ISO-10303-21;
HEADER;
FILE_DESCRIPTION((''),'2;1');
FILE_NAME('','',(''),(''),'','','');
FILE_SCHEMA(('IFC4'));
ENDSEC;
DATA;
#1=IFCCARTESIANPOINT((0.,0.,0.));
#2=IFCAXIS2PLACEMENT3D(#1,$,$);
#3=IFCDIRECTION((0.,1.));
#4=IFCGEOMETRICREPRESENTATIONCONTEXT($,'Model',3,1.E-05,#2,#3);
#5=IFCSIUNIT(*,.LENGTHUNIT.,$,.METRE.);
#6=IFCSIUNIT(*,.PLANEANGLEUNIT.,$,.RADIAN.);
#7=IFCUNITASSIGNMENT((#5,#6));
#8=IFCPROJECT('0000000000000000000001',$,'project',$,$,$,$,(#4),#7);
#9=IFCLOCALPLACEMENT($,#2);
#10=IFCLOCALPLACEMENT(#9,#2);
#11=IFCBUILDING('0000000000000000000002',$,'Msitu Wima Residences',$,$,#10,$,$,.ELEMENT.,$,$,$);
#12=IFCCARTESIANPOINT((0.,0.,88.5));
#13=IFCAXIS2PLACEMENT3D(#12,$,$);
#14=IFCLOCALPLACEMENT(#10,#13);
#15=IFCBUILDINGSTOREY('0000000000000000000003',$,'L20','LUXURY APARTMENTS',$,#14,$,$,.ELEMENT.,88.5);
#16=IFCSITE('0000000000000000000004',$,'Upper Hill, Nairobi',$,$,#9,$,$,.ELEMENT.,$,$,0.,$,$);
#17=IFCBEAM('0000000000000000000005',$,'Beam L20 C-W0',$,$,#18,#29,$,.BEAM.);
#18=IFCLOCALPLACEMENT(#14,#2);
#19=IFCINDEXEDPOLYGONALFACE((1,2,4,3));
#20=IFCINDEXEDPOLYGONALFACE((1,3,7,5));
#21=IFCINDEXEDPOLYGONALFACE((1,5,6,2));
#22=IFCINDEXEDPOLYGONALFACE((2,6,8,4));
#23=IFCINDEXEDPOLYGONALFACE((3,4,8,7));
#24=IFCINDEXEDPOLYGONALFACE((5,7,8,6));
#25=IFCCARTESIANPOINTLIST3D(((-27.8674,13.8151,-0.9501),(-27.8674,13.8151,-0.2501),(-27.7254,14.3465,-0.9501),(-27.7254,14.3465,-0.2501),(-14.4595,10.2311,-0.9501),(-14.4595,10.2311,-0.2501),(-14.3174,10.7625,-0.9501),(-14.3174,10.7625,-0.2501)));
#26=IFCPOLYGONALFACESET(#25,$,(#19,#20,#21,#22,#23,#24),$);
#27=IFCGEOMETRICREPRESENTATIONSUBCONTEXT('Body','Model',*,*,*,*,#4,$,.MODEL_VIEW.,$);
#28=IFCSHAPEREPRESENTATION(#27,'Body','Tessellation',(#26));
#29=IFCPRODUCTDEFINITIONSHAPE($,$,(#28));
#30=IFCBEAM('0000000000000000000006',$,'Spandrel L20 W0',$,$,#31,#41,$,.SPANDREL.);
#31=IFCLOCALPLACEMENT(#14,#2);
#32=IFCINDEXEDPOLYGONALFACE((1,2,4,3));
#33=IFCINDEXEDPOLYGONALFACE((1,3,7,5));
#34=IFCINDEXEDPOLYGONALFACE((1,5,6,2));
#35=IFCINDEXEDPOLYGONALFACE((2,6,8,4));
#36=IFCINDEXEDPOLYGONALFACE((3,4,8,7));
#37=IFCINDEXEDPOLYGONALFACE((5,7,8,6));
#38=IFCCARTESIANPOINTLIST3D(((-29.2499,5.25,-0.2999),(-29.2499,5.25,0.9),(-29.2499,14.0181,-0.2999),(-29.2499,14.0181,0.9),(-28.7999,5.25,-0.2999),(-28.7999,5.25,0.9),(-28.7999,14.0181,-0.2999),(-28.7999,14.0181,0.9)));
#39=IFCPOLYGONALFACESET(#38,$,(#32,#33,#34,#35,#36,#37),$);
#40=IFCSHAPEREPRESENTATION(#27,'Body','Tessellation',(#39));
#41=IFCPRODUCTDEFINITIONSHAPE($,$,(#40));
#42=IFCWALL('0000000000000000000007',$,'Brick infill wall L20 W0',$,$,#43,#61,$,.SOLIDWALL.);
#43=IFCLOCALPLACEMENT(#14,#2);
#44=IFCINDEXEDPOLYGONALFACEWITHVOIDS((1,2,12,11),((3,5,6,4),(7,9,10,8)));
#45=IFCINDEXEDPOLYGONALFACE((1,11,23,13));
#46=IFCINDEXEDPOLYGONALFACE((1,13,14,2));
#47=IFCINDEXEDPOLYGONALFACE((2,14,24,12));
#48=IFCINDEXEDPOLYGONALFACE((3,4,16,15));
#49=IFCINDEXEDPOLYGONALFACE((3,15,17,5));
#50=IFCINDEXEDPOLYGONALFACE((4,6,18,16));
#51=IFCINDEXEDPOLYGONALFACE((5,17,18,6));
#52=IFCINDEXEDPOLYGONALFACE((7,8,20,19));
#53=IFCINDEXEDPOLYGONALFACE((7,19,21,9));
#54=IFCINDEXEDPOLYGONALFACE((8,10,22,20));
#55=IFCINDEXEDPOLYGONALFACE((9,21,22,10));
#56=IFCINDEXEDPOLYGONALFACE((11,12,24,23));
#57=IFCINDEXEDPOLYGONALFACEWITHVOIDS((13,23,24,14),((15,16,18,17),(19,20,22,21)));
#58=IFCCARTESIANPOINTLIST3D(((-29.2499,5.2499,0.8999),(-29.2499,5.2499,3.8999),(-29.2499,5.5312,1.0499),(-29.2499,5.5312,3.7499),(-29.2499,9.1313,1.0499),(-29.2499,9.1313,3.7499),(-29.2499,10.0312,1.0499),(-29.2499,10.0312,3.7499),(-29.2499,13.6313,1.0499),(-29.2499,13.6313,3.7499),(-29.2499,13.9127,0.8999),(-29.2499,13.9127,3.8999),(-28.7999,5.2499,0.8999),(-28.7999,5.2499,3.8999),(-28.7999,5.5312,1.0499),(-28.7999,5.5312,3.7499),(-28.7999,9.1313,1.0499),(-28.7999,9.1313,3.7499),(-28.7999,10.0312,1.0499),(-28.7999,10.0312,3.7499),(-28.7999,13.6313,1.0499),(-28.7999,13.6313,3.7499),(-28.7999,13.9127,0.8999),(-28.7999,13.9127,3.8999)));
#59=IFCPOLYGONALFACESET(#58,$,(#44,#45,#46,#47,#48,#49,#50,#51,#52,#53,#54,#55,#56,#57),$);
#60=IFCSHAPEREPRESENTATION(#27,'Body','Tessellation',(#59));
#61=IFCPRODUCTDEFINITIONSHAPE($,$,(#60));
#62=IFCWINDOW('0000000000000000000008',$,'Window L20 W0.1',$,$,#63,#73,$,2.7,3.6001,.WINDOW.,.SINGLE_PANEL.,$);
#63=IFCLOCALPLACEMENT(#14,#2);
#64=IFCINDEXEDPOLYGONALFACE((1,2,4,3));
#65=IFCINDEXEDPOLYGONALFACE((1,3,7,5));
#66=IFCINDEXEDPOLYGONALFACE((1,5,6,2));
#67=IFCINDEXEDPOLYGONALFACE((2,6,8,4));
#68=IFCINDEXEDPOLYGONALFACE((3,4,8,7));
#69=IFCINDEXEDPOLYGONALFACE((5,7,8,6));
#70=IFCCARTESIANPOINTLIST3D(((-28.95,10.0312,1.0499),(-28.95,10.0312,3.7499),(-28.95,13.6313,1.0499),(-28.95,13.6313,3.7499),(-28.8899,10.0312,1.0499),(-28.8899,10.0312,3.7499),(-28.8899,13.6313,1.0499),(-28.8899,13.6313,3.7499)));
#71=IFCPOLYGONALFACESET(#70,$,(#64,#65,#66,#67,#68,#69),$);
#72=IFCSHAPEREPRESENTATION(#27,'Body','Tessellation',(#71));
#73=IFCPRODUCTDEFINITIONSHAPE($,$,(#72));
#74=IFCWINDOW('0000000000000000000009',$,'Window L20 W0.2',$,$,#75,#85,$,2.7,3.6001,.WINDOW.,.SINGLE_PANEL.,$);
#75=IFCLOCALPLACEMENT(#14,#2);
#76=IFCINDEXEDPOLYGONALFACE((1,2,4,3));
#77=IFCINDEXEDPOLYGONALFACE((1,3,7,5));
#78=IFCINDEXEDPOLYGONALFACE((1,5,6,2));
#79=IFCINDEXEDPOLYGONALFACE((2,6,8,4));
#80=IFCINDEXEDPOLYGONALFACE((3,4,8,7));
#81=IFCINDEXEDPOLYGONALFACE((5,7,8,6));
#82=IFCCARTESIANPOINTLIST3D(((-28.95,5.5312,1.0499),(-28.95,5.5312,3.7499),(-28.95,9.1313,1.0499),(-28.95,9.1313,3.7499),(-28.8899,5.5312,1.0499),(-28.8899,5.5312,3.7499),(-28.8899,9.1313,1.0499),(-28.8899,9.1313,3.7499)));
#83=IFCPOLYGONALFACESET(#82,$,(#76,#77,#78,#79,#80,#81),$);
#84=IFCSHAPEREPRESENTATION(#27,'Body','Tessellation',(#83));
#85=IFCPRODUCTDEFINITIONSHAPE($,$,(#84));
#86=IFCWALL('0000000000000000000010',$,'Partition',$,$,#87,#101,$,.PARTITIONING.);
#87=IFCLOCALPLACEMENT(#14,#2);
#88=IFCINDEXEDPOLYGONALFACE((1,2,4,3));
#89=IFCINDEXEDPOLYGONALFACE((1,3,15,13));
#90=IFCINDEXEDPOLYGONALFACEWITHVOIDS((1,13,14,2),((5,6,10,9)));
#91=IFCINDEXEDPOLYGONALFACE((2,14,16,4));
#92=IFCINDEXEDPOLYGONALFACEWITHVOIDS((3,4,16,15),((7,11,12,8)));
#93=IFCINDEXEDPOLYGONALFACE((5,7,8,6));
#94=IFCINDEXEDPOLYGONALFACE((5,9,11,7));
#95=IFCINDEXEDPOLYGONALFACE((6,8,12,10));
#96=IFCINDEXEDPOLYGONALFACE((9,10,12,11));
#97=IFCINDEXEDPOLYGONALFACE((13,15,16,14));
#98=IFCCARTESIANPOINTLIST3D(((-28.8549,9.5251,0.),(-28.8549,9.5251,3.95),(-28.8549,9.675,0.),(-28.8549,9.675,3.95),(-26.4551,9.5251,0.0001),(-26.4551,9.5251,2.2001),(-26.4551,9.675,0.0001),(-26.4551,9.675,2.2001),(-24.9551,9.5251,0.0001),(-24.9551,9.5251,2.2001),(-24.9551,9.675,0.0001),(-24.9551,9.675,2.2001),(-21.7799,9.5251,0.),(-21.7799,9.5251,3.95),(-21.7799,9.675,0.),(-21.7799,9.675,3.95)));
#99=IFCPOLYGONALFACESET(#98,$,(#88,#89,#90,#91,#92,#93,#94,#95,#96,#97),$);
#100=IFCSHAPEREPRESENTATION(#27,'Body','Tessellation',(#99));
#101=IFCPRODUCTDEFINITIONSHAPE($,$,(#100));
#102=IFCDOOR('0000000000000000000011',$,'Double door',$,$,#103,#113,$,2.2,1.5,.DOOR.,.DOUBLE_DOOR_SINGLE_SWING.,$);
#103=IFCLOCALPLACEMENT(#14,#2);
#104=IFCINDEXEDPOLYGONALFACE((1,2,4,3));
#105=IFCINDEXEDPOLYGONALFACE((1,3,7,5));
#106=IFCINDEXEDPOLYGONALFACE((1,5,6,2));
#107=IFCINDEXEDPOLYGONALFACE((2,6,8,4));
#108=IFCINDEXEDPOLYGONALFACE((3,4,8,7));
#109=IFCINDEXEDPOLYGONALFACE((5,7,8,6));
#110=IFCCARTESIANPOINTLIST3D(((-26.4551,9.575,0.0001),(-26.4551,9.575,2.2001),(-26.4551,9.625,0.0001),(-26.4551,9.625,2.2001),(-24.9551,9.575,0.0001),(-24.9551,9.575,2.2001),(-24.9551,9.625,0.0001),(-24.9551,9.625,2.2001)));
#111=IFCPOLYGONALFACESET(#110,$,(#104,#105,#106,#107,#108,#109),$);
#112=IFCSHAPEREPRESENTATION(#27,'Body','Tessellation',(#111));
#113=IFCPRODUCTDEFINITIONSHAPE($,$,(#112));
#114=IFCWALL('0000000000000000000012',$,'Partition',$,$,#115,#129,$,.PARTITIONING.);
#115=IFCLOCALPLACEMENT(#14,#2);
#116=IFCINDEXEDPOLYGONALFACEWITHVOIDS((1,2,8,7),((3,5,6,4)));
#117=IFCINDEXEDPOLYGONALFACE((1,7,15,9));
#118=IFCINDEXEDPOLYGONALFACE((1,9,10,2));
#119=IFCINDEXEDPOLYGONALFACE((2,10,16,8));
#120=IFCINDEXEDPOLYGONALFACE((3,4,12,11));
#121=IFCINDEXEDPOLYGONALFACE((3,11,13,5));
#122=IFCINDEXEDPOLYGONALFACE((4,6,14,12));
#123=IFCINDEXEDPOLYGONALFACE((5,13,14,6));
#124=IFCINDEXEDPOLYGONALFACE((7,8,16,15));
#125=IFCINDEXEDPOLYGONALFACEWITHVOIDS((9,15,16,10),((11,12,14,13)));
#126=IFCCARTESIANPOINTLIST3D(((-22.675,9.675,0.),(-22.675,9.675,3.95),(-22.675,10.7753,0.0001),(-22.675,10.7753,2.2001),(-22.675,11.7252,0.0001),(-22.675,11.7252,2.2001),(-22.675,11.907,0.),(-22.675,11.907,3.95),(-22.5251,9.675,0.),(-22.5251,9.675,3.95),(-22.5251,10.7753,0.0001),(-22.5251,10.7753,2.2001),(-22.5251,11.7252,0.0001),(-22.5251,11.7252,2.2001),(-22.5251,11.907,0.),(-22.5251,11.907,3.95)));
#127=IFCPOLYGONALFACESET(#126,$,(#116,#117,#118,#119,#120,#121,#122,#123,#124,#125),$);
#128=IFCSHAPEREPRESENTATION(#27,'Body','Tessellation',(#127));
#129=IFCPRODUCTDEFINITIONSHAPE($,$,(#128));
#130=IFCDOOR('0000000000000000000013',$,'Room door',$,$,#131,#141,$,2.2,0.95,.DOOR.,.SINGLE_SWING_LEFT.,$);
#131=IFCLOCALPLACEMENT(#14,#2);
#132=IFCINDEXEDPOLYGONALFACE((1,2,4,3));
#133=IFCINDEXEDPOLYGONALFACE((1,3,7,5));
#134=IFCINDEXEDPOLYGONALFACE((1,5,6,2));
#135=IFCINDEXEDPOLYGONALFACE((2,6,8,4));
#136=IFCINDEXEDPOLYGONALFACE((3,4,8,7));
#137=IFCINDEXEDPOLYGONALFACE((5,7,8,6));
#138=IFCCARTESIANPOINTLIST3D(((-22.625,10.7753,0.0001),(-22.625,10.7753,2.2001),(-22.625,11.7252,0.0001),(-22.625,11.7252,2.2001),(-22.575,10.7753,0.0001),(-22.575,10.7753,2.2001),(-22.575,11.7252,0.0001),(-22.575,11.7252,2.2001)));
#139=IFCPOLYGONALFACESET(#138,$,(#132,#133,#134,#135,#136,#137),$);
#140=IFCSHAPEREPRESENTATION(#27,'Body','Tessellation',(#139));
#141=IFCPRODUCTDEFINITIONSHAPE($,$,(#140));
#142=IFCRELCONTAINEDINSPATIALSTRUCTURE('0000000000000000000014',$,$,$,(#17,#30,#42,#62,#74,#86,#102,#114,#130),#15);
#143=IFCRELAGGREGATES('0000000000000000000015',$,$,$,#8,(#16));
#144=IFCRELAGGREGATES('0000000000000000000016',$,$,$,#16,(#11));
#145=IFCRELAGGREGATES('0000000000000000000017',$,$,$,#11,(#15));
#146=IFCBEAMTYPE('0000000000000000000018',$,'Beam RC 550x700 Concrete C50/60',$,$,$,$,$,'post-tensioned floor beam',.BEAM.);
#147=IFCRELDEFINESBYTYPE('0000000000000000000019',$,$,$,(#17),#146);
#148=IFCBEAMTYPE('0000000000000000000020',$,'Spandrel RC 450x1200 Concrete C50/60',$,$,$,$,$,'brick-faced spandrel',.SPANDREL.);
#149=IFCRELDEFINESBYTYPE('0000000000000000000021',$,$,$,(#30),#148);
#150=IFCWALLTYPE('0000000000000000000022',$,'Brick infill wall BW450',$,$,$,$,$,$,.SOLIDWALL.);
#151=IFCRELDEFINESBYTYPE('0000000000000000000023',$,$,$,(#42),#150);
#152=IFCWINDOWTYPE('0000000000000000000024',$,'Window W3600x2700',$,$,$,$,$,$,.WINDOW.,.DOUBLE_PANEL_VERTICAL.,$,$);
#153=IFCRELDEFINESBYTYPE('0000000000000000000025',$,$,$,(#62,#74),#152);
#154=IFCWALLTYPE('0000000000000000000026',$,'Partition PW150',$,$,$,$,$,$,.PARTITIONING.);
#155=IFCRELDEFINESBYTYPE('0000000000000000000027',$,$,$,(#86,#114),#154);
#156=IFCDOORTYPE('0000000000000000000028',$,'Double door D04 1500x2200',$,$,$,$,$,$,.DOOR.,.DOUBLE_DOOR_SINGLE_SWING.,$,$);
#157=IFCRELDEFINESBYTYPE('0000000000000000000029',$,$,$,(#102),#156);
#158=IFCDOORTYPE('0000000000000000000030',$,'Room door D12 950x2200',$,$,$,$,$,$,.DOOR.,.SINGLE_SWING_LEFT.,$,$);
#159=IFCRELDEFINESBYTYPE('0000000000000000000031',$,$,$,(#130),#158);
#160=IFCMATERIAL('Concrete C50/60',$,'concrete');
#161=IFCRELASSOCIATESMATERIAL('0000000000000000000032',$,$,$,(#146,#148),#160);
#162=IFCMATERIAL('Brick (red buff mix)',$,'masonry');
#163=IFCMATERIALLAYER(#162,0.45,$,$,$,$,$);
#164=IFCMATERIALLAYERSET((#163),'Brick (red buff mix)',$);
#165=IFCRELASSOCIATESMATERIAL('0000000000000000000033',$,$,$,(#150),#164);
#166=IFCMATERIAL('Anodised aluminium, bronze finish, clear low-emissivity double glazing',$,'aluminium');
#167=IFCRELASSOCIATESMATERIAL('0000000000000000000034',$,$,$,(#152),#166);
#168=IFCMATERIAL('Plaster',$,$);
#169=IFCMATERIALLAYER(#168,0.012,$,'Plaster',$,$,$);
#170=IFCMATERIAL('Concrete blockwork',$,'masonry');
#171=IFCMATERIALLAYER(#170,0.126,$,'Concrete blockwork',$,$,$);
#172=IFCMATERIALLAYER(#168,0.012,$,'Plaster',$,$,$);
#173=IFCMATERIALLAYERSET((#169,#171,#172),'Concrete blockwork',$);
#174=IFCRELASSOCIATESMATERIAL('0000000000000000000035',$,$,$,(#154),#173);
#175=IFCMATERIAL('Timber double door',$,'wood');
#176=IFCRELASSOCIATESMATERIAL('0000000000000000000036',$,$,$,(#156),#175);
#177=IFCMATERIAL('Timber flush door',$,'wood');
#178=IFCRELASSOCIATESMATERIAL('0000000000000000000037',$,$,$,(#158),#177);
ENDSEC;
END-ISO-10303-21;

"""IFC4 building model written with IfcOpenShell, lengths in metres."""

from ifc_helpers import new_model, si_unit, direction, frame, frame_2d, origin, origin_2d, place, context, subcontext, project, spatial, rectangle, extrude, material, layer, layer_set, material_profile, profile_set, type_object, element, fill, save


model = new_model("IFC4")

# Units and contexts
model_context = context("Model", 3, precision=1e-05, world=origin(), true_north=direction((0.0, 1.0)))
body_context = subcontext(model_context, "Body", "Model", "MODEL_VIEW")
ifc_project = project(units=[si_unit("LENGTHUNIT", "METRE"), si_unit("PLANEANGLEUNIT", "RADIAN")], contexts=[model_context])

# Site, building, storey
site_placement = place(None, origin())
site = spatial("IfcSite", under=ifc_project, at=site_placement, Name="Upper Hill, Nairobi", CompositionType="ELEMENT", RefElevation=0.0)
building_placement = place(site_placement, origin())
building = spatial("IfcBuilding", under=site, at=building_placement, Name="Msitu Wima Residences", CompositionType="ELEMENT")
storey_placement = place(building_placement, frame((0.0, 0.0, 88.5)))
storey = spatial("IfcBuildingStorey", under=building, at=storey_placement, Name="L20", Description="LUXURY APARTMENTS", CompositionType="ELEMENT", Elevation=88.5)

# Beams
ifc_material_1 = material(Name="Concrete C50/60", Category="concrete")
ifc_material_profile_1 = material_profile(ifc_material_1, rectangle(XDim=0.55, YDim=0.7, at=origin_2d()), Name="RC 550x700")
ifc_profile_set_1 = profile_set([ifc_material_profile_1], Name="Concrete C50/60")
beam_type_1 = type_object("IfcBeamType", Name="Beam RC 550x700 Concrete C50/60", ElementType="post-tensioned floor beam", PredefinedType="BEAM", material=ifc_profile_set_1)
beam_1_placement = place(storey_placement, frame((-27.7964, 14.0808, -0.6001), z_axis=(0.966082, -0.258236, 0.0), x_axis=(0.258236, 0.966082, 0.0)))
element("IfcBeam", 1, at=beam_1_placement, inside=storey, type_object=beam_type_1, Name="Beam L20 C-W0", PredefinedType="BEAM", context=body_context, shape_type="SweptSolid", body=[
    extrude(rectangle(XDim=0.55, YDim=0.7, at=origin_2d()), origin(), (0.0, 0.0, 1.0), 13.8787),
])
ifc_material_profile_2 = material_profile(ifc_material_1, rectangle(XDim=0.45, YDim=1.2, at=origin_2d()), Name="RC 450x1200")
ifc_profile_set_2 = profile_set([ifc_material_profile_2], Name="Concrete C50/60")
beam_type_2 = type_object("IfcBeamType", Name="Spandrel RC 450x1200 Concrete C50/60", ElementType="brick-faced spandrel", PredefinedType="SPANDREL", material=ifc_profile_set_2)
beam_2_placement = place(storey_placement, frame((-29.0249, 14.0181, 0.3), z_axis=(0.0, -1.0, 0.0), x_axis=(1.0, 0.0, 0.0)))
element("IfcBeam", 2, at=beam_2_placement, inside=storey, type_object=beam_type_2, Name="Spandrel L20 W0", PredefinedType="SPANDREL", context=body_context, shape_type="SweptSolid", body=[
    extrude(rectangle(XDim=0.45, YDim=1.2, at=origin_2d()), origin(), (0.0, 0.0, 1.0), 8.7681),
])

# Wall, openings, windows
ifc_material_2 = material(Name="Brick (red buff mix)", Category="masonry")
ifc_layer_1 = layer(ifc_material_2, 0.45)
ifc_layer_set_1 = layer_set([ifc_layer_1], Name="Brick (red buff mix)")
wall_type_1 = type_object("IfcWallType", Name="Brick infill wall BW450", PredefinedType="SOLIDWALL", material=ifc_layer_set_1)
wall_1_placement = place(storey_placement, frame((-29.0249, 13.9128, 0.8999), z_axis=(0.0, 0.0, 1.0), x_axis=(0.0, -1.0, 0.0)))
wall_1 = element("IfcWall", 3, at=wall_1_placement, inside=storey, type_object=wall_type_1, Name="Brick infill wall L20 W0", PredefinedType="SOLIDWALL", context=body_context, shape_type="SweptSolid", body=[
    extrude(rectangle(XDim=8.6628, YDim=0.45, at=frame_2d((4.3315, 0.0))), origin(), (0.0, 0.0, 1.0), 3.0),
])
opening_1_placement = place(wall_1_placement, frame((0.2815, 0.0, 0.1499)))
opening_1 = element("IfcOpeningElement", 4, at=opening_1_placement, cuts=wall_1, PredefinedType="OPENING", context=body_context, shape_type="SweptSolid", body=[
    extrude(rectangle(XDim=3.6001, YDim=2.7, at=frame_2d((1.8, 1.3501))), frame((0.0, 0.2349, 0.0), z_axis=(0.0, -1.0, 0.0), x_axis=(1.0, 0.0, 0.0)), (0.0, 0.0, 1.0), 0.47),
])
opening_2_placement = place(wall_1_placement, frame((4.7815, 0.0, 0.1499)))
opening_2 = element("IfcOpeningElement", 5, at=opening_2_placement, cuts=wall_1, PredefinedType="OPENING", context=body_context, shape_type="SweptSolid", body=[
    extrude(rectangle(XDim=3.6001, YDim=2.7, at=frame_2d((1.8, 1.3501))), frame((0.0, 0.2349, 0.0), z_axis=(0.0, -1.0, 0.0), x_axis=(1.0, 0.0, 0.0)), (0.0, 0.0, 1.0), 0.47),
])
ifc_material_3 = material(Name="Anodised aluminium, bronze finish, clear low-emissivity double glazing", Category="aluminium")
window_type = type_object("IfcWindowType", Name="Window W3600x2700", PartitioningType="DOUBLE_PANEL_VERTICAL", PredefinedType="WINDOW", material=ifc_material_3)
window_1_placement = place(opening_1_placement, origin())
window_1 = element("IfcWindow", 6, at=window_1_placement, inside=storey, type_object=window_type, Name="Window L20 W0.1", OverallHeight=2.7, OverallWidth=3.6001, PartitioningType="SINGLE_PANEL", PredefinedType="WINDOW", context=body_context, shape_type="SweptSolid", body=[
    extrude(rectangle(XDim=3.6001, YDim=2.7, at=frame_2d((1.8, 1.3501))), frame((0.0, 0.135, 0.0), z_axis=(0.0, -1.0, 0.0), x_axis=(1.0, 0.0, 0.0)), (0.0, 0.0, 1.0), 0.0601),
])
fill(opening_1, window_1)
window_2_placement = place(opening_2_placement, origin())
window_2 = element("IfcWindow", 7, at=window_2_placement, inside=storey, type_object=window_type, Name="Window L20 W0.2", OverallHeight=2.7, OverallWidth=3.6001, PartitioningType="SINGLE_PANEL", PredefinedType="WINDOW", context=body_context, shape_type="SweptSolid", body=[
    extrude(rectangle(XDim=3.6001, YDim=2.7, at=frame_2d((1.8, 1.3501))), frame((0.0, 0.135, 0.0), z_axis=(0.0, -1.0, 0.0), x_axis=(1.0, 0.0, 0.0)), (0.0, 0.0, 1.0), 0.0601),
])
fill(opening_2, window_2)

# Walls, openings, doors
ifc_material_4 = material(Name="Plaster")
ifc_layer_2 = layer(ifc_material_4, 0.012, Name="Plaster")
ifc_material_5 = material(Name="Concrete blockwork", Category="masonry")
ifc_layer_3 = layer(ifc_material_5, 0.126, Name="Concrete blockwork")
ifc_layer_4 = layer(ifc_material_4, 0.012, Name="Plaster")
ifc_layer_set_2 = layer_set([ifc_layer_2, ifc_layer_3, ifc_layer_4], Name="Concrete blockwork")
wall_type_2 = type_object("IfcWallType", Name="Partition PW150", PredefinedType="PARTITIONING", material=ifc_layer_set_2)
wall_2_placement = place(storey_placement, frame((-28.855, 9.6001, 0.0), z_axis=(0.0, 0.0, 1.0), x_axis=(1.0, 0.0, 0.0)))
wall_2 = element("IfcWall", 8, at=wall_2_placement, inside=storey, type_object=wall_type_2, Name="Partition", PredefinedType="PARTITIONING", context=body_context, shape_type="SweptSolid", body=[
    extrude(rectangle(XDim=7.075, YDim=0.1499, at=frame_2d((3.5376, 0.0))), origin(), (0.0, 0.0, 1.0), 3.95),
])
opening_3_placement = place(wall_2_placement, frame((2.3999, 0.0, 0.0)))
opening_3 = element("IfcOpeningElement", 9, at=opening_3_placement, cuts=wall_2, PredefinedType="OPENING", context=body_context, shape_type="SweptSolid", body=[
    extrude(rectangle(XDim=1.5, YDim=2.2, at=frame_2d((0.75, 1.1001))), frame((0.0, 0.085, 0.0), z_axis=(0.0, -1.0, 0.0), x_axis=(1.0, 0.0, 0.0)), (0.0, 0.0, 1.0), 0.1699),
])
ifc_material_6 = material(Name="Timber double door", Category="wood")
door_type_1 = type_object("IfcDoorType", Name="Double door D04 1500x2200", OperationType="DOUBLE_DOOR_SINGLE_SWING", PredefinedType="DOOR", material=ifc_material_6)
door_1_placement = place(opening_3_placement, origin())
door_1 = element("IfcDoor", 10, at=door_1_placement, inside=storey, type_object=door_type_1, Name="Double door", OperationType="DOUBLE_DOOR_SINGLE_SWING", OverallHeight=2.2, OverallWidth=1.5, PredefinedType="DOOR", context=body_context, shape_type="SweptSolid", body=[
    extrude(rectangle(XDim=1.5, YDim=2.2, at=frame_2d((0.75, 1.1001))), frame((0.0, 0.0249, 0.0), z_axis=(0.0, -1.0, 0.0), x_axis=(1.0, 0.0, 0.0)), (0.0, 0.0, 1.0), 0.05),
])
fill(opening_3, door_1)
wall_3_placement = place(storey_placement, frame((-22.6001, 9.675, 0.0), z_axis=(0.0, 0.0, 1.0), x_axis=(0.0, 1.0, 0.0)))
wall_3 = element("IfcWall", 11, at=wall_3_placement, inside=storey, type_object=wall_type_2, Name="Partition", PredefinedType="PARTITIONING", context=body_context, shape_type="SweptSolid", body=[
    extrude(rectangle(XDim=2.2319, YDim=0.1499, at=frame_2d((1.116, 0.0))), origin(), (0.0, 0.0, 1.0), 3.95),
])
opening_4_placement = place(wall_3_placement, frame((1.1001, 0.0, 0.0)))
opening_4 = element("IfcOpeningElement", 12, at=opening_4_placement, cuts=wall_3, PredefinedType="OPENING", context=body_context, shape_type="SweptSolid", body=[
    extrude(rectangle(XDim=0.95, YDim=2.2, at=frame_2d((0.4751, 1.1001))), frame((0.0, 0.085, 0.0), z_axis=(0.0, -1.0, 0.0), x_axis=(1.0, 0.0, 0.0)), (0.0, 0.0, 1.0), 0.1699),
])
ifc_material_7 = material(Name="Timber flush door", Category="wood")
door_type_2 = type_object("IfcDoorType", Name="Room door D12 950x2200", OperationType="SINGLE_SWING_LEFT", PredefinedType="DOOR", material=ifc_material_7)
door_2_placement = place(opening_4_placement, origin())
door_2 = element("IfcDoor", 13, at=door_2_placement, inside=storey, type_object=door_type_2, Name="Room door", OperationType="SINGLE_SWING_LEFT", OverallHeight=2.2, OverallWidth=0.95, PredefinedType="DOOR", context=body_context, shape_type="SweptSolid", body=[
    extrude(rectangle(XDim=0.95, YDim=2.2, at=frame_2d((0.4751, 1.1001))), frame((0.0, 0.0249, 0.0), z_axis=(0.0, -1.0, 0.0), x_axis=(1.0, 0.0, 0.0)), (0.0, 0.0, 1.0), 0.05),
])
fill(opening_4, door_2)

save(model, "model.ifc")
